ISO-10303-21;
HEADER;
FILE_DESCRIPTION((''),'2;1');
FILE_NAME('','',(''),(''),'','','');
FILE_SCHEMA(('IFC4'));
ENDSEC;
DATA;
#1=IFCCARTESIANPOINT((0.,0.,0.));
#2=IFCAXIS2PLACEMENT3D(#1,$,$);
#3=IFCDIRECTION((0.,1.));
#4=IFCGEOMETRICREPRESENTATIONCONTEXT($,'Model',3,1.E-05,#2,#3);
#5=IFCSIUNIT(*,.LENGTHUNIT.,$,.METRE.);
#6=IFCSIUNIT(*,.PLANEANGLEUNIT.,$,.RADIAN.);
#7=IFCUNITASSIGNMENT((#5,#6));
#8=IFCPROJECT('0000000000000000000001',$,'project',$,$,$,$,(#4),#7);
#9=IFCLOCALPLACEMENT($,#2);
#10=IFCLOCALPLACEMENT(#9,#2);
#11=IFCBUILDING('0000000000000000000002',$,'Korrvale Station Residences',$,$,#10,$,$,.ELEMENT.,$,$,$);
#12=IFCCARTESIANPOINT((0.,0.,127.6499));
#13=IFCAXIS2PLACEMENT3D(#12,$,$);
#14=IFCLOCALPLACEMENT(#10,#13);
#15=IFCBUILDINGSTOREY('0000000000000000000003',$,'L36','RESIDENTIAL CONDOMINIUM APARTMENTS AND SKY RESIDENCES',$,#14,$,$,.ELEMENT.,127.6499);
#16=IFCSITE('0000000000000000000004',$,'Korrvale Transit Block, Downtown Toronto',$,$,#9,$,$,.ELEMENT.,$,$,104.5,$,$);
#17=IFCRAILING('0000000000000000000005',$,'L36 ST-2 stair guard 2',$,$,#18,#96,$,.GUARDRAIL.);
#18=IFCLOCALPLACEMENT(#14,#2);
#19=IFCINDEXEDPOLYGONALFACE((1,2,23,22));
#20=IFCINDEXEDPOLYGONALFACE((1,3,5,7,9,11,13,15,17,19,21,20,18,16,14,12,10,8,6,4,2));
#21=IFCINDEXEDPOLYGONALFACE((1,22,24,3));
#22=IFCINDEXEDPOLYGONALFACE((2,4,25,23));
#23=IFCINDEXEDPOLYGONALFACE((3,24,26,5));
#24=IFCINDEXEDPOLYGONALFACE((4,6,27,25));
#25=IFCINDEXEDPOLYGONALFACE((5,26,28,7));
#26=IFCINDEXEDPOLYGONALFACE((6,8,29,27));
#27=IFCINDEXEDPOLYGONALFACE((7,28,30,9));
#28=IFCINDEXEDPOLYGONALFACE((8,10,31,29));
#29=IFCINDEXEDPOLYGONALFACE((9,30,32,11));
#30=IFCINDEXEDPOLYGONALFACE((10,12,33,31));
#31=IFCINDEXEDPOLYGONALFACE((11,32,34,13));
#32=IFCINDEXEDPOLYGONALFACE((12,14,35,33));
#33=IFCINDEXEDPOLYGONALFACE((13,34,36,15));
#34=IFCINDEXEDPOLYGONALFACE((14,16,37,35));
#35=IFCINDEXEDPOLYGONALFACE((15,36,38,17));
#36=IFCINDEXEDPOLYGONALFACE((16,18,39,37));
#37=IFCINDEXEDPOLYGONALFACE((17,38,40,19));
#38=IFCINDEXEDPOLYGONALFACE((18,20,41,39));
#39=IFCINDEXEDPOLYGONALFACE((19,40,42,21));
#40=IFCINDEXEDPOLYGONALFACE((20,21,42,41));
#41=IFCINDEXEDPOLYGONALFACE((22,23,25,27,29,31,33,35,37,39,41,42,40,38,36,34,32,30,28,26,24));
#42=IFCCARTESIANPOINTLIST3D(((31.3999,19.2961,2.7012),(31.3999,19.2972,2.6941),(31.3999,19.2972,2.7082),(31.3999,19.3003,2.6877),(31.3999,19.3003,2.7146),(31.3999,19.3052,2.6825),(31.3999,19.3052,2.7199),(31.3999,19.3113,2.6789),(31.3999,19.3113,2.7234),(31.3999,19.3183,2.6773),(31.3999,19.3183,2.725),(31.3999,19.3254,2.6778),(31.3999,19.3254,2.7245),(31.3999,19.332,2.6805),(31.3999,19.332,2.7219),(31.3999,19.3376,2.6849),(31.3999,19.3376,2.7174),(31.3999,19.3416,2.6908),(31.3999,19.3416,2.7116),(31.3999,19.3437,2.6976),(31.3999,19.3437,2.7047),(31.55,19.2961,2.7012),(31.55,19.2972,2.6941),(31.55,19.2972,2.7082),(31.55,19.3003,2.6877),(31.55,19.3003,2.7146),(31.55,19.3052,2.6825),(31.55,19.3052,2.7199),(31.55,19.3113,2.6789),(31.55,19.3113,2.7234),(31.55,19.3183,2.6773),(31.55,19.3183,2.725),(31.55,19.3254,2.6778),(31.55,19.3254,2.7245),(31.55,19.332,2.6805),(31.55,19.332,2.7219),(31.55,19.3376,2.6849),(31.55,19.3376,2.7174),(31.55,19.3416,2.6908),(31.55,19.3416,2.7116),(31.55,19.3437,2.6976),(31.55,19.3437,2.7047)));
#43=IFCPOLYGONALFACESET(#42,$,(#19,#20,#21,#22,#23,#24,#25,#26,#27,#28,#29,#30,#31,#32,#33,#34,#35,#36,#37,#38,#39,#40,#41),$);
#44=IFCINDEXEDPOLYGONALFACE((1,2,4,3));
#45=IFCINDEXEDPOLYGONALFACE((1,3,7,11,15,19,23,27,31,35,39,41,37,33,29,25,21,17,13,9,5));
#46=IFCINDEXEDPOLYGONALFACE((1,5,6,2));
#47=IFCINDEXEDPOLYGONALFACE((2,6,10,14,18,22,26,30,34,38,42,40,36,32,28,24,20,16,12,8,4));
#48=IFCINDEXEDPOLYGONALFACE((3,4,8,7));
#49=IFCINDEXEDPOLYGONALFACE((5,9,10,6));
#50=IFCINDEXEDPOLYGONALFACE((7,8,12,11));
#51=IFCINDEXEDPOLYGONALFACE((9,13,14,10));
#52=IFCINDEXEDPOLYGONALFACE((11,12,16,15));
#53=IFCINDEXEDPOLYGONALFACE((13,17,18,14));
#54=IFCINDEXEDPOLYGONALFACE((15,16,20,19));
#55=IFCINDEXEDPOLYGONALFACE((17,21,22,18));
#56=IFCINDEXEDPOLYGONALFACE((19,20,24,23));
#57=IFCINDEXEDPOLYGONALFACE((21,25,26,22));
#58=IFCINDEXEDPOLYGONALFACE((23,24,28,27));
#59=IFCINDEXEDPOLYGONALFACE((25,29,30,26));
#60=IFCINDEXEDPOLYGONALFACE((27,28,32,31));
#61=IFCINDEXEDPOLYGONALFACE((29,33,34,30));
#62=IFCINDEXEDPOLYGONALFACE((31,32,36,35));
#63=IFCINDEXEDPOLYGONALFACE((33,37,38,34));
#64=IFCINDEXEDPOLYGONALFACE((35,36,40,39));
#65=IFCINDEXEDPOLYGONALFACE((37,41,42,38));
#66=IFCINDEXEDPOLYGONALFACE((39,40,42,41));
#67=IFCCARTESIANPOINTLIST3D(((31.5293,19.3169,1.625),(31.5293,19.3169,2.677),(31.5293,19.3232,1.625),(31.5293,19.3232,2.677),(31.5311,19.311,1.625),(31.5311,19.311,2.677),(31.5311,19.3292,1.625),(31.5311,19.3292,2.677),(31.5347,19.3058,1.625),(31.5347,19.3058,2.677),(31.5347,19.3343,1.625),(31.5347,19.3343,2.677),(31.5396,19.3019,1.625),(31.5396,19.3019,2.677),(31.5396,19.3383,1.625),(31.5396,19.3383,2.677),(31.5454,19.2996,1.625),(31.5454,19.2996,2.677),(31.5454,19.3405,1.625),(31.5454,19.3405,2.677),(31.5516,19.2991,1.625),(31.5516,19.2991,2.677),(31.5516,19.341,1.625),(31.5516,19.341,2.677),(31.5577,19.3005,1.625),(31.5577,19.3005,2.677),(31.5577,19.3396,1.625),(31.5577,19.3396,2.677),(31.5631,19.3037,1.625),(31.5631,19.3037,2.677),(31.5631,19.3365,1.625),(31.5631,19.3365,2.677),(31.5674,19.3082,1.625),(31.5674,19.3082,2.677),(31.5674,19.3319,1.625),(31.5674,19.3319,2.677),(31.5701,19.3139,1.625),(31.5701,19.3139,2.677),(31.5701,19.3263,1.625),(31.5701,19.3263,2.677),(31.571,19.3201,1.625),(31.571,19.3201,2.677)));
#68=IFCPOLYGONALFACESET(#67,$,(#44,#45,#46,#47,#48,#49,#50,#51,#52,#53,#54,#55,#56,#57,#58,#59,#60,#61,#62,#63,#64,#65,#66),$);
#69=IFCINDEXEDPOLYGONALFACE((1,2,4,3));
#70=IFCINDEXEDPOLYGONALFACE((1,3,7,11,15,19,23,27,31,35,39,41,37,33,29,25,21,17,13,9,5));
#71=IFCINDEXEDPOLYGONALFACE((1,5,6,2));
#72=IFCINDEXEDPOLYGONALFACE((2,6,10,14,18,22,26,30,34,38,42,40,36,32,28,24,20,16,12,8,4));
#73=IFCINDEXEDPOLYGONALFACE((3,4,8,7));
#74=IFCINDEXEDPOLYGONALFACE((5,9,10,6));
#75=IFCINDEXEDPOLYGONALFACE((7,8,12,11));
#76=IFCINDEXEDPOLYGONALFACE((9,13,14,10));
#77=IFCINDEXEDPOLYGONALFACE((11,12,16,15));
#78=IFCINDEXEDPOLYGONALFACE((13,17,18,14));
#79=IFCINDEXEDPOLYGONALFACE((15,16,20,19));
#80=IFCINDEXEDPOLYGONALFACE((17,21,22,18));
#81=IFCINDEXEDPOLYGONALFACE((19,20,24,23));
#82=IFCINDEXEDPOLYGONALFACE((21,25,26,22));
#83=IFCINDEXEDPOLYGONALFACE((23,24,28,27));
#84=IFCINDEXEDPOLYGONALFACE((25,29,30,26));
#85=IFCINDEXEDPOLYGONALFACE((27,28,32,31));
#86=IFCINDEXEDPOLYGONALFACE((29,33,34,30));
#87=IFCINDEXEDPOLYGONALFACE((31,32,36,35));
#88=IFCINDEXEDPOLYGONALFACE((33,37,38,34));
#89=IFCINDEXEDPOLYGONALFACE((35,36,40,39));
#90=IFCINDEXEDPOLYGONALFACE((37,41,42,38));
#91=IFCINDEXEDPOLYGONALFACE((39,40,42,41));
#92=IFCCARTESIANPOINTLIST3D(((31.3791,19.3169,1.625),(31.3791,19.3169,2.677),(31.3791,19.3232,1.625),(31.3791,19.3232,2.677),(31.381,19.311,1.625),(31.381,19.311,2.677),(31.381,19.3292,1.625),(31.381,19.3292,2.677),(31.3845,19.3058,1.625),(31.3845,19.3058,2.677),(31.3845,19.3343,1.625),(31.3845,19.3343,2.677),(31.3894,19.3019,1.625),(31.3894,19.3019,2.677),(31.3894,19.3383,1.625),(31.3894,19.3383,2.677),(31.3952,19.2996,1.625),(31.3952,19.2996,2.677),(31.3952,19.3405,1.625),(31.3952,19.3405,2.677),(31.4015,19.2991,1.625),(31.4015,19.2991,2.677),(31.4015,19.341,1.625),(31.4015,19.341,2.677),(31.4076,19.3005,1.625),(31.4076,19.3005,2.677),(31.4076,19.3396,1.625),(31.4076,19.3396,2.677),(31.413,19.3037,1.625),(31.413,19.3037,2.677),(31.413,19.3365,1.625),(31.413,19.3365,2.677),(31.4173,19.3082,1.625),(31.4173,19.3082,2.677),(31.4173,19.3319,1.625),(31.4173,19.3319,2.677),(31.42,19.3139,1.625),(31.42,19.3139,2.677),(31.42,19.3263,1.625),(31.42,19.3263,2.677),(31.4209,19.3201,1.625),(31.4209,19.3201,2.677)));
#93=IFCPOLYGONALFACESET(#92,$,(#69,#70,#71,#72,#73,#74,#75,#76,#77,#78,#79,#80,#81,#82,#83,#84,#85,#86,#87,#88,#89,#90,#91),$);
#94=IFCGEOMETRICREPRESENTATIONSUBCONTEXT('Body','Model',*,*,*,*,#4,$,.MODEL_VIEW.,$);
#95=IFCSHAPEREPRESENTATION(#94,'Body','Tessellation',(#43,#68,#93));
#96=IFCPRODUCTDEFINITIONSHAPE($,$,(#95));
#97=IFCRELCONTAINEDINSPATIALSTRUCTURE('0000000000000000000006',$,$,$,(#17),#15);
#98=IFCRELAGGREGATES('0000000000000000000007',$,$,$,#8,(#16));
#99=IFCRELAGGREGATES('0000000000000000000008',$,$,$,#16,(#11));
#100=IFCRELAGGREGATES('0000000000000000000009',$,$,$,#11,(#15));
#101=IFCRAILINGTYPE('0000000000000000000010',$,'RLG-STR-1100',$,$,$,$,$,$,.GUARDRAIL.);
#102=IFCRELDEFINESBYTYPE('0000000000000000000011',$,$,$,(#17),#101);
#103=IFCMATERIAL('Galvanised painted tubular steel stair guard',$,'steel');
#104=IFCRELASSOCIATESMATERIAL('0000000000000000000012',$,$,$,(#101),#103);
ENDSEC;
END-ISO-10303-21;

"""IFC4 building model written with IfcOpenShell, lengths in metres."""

from ifc_helpers import new_model, si_unit, direction, frame, origin, origin_2d, place, context, subcontext, project, spatial, circle, extrude, material, type_object, element, save


model = new_model("IFC4")

# Units and contexts
model_context = context("Model", 3, precision=1e-05, world=origin(), true_north=direction((0.0, 1.0)))
body_context = subcontext(model_context, "Body", "Model", "MODEL_VIEW")
ifc_project = project(units=[si_unit("LENGTHUNIT", "METRE"), si_unit("PLANEANGLEUNIT", "RADIAN")], contexts=[model_context])

# Site, building, storey
site_placement = place(None, origin())
site = spatial("IfcSite", under=ifc_project, at=site_placement, Name="Korrvale Transit Block, Downtown Toronto", CompositionType="ELEMENT", RefElevation=104.5)
building_placement = place(site_placement, origin())
building = spatial("IfcBuilding", under=site, at=building_placement, Name="Korrvale Station Residences", CompositionType="ELEMENT")
storey_placement = place(building_placement, frame((0.0, 0.0, 127.6499)))
storey = spatial("IfcBuildingStorey", under=building, at=storey_placement, Name="L36", Description="RESIDENTIAL CONDOMINIUM APARTMENTS AND SKY RESIDENCES", CompositionType="ELEMENT", Elevation=127.6499)

# Railing
ifc_material_1 = material(Name="Galvanised painted tubular steel stair guard", Category="steel")
railing_type_1 = type_object("IfcRailingType", Name="RLG-STR-1100", PredefinedType="GUARDRAIL", material=ifc_material_1)
railing_1_placement = place(storey_placement, frame((31.55, 19.3201, 1.625)))
element("IfcRailing", 1, at=railing_1_placement, inside=storey, type_object=railing_type_1, Name="L36 ST-2 stair guard 2", PredefinedType="GUARDRAIL", context=body_context, shape_type="SweptSolid", body=[
    extrude(circle(Radius=0.0239, at=origin_2d()), frame((0.0, 0.0, 1.0762), z_axis=(-1.0, 0.0, 0.0), x_axis=(0.0, -1.0, 0.0)), (0.0, 0.0, 1.0), 0.1501),
    extrude(circle(Radius=0.021, at=origin_2d()), origin(), (0.0, 0.0, 1.0), 1.052),
    extrude(circle(Radius=0.021, at=origin_2d()), frame((-0.1501, 0.0, 0.0)), (0.0, 0.0, 1.0), 1.052),
])

save(model, "model.ifc")
